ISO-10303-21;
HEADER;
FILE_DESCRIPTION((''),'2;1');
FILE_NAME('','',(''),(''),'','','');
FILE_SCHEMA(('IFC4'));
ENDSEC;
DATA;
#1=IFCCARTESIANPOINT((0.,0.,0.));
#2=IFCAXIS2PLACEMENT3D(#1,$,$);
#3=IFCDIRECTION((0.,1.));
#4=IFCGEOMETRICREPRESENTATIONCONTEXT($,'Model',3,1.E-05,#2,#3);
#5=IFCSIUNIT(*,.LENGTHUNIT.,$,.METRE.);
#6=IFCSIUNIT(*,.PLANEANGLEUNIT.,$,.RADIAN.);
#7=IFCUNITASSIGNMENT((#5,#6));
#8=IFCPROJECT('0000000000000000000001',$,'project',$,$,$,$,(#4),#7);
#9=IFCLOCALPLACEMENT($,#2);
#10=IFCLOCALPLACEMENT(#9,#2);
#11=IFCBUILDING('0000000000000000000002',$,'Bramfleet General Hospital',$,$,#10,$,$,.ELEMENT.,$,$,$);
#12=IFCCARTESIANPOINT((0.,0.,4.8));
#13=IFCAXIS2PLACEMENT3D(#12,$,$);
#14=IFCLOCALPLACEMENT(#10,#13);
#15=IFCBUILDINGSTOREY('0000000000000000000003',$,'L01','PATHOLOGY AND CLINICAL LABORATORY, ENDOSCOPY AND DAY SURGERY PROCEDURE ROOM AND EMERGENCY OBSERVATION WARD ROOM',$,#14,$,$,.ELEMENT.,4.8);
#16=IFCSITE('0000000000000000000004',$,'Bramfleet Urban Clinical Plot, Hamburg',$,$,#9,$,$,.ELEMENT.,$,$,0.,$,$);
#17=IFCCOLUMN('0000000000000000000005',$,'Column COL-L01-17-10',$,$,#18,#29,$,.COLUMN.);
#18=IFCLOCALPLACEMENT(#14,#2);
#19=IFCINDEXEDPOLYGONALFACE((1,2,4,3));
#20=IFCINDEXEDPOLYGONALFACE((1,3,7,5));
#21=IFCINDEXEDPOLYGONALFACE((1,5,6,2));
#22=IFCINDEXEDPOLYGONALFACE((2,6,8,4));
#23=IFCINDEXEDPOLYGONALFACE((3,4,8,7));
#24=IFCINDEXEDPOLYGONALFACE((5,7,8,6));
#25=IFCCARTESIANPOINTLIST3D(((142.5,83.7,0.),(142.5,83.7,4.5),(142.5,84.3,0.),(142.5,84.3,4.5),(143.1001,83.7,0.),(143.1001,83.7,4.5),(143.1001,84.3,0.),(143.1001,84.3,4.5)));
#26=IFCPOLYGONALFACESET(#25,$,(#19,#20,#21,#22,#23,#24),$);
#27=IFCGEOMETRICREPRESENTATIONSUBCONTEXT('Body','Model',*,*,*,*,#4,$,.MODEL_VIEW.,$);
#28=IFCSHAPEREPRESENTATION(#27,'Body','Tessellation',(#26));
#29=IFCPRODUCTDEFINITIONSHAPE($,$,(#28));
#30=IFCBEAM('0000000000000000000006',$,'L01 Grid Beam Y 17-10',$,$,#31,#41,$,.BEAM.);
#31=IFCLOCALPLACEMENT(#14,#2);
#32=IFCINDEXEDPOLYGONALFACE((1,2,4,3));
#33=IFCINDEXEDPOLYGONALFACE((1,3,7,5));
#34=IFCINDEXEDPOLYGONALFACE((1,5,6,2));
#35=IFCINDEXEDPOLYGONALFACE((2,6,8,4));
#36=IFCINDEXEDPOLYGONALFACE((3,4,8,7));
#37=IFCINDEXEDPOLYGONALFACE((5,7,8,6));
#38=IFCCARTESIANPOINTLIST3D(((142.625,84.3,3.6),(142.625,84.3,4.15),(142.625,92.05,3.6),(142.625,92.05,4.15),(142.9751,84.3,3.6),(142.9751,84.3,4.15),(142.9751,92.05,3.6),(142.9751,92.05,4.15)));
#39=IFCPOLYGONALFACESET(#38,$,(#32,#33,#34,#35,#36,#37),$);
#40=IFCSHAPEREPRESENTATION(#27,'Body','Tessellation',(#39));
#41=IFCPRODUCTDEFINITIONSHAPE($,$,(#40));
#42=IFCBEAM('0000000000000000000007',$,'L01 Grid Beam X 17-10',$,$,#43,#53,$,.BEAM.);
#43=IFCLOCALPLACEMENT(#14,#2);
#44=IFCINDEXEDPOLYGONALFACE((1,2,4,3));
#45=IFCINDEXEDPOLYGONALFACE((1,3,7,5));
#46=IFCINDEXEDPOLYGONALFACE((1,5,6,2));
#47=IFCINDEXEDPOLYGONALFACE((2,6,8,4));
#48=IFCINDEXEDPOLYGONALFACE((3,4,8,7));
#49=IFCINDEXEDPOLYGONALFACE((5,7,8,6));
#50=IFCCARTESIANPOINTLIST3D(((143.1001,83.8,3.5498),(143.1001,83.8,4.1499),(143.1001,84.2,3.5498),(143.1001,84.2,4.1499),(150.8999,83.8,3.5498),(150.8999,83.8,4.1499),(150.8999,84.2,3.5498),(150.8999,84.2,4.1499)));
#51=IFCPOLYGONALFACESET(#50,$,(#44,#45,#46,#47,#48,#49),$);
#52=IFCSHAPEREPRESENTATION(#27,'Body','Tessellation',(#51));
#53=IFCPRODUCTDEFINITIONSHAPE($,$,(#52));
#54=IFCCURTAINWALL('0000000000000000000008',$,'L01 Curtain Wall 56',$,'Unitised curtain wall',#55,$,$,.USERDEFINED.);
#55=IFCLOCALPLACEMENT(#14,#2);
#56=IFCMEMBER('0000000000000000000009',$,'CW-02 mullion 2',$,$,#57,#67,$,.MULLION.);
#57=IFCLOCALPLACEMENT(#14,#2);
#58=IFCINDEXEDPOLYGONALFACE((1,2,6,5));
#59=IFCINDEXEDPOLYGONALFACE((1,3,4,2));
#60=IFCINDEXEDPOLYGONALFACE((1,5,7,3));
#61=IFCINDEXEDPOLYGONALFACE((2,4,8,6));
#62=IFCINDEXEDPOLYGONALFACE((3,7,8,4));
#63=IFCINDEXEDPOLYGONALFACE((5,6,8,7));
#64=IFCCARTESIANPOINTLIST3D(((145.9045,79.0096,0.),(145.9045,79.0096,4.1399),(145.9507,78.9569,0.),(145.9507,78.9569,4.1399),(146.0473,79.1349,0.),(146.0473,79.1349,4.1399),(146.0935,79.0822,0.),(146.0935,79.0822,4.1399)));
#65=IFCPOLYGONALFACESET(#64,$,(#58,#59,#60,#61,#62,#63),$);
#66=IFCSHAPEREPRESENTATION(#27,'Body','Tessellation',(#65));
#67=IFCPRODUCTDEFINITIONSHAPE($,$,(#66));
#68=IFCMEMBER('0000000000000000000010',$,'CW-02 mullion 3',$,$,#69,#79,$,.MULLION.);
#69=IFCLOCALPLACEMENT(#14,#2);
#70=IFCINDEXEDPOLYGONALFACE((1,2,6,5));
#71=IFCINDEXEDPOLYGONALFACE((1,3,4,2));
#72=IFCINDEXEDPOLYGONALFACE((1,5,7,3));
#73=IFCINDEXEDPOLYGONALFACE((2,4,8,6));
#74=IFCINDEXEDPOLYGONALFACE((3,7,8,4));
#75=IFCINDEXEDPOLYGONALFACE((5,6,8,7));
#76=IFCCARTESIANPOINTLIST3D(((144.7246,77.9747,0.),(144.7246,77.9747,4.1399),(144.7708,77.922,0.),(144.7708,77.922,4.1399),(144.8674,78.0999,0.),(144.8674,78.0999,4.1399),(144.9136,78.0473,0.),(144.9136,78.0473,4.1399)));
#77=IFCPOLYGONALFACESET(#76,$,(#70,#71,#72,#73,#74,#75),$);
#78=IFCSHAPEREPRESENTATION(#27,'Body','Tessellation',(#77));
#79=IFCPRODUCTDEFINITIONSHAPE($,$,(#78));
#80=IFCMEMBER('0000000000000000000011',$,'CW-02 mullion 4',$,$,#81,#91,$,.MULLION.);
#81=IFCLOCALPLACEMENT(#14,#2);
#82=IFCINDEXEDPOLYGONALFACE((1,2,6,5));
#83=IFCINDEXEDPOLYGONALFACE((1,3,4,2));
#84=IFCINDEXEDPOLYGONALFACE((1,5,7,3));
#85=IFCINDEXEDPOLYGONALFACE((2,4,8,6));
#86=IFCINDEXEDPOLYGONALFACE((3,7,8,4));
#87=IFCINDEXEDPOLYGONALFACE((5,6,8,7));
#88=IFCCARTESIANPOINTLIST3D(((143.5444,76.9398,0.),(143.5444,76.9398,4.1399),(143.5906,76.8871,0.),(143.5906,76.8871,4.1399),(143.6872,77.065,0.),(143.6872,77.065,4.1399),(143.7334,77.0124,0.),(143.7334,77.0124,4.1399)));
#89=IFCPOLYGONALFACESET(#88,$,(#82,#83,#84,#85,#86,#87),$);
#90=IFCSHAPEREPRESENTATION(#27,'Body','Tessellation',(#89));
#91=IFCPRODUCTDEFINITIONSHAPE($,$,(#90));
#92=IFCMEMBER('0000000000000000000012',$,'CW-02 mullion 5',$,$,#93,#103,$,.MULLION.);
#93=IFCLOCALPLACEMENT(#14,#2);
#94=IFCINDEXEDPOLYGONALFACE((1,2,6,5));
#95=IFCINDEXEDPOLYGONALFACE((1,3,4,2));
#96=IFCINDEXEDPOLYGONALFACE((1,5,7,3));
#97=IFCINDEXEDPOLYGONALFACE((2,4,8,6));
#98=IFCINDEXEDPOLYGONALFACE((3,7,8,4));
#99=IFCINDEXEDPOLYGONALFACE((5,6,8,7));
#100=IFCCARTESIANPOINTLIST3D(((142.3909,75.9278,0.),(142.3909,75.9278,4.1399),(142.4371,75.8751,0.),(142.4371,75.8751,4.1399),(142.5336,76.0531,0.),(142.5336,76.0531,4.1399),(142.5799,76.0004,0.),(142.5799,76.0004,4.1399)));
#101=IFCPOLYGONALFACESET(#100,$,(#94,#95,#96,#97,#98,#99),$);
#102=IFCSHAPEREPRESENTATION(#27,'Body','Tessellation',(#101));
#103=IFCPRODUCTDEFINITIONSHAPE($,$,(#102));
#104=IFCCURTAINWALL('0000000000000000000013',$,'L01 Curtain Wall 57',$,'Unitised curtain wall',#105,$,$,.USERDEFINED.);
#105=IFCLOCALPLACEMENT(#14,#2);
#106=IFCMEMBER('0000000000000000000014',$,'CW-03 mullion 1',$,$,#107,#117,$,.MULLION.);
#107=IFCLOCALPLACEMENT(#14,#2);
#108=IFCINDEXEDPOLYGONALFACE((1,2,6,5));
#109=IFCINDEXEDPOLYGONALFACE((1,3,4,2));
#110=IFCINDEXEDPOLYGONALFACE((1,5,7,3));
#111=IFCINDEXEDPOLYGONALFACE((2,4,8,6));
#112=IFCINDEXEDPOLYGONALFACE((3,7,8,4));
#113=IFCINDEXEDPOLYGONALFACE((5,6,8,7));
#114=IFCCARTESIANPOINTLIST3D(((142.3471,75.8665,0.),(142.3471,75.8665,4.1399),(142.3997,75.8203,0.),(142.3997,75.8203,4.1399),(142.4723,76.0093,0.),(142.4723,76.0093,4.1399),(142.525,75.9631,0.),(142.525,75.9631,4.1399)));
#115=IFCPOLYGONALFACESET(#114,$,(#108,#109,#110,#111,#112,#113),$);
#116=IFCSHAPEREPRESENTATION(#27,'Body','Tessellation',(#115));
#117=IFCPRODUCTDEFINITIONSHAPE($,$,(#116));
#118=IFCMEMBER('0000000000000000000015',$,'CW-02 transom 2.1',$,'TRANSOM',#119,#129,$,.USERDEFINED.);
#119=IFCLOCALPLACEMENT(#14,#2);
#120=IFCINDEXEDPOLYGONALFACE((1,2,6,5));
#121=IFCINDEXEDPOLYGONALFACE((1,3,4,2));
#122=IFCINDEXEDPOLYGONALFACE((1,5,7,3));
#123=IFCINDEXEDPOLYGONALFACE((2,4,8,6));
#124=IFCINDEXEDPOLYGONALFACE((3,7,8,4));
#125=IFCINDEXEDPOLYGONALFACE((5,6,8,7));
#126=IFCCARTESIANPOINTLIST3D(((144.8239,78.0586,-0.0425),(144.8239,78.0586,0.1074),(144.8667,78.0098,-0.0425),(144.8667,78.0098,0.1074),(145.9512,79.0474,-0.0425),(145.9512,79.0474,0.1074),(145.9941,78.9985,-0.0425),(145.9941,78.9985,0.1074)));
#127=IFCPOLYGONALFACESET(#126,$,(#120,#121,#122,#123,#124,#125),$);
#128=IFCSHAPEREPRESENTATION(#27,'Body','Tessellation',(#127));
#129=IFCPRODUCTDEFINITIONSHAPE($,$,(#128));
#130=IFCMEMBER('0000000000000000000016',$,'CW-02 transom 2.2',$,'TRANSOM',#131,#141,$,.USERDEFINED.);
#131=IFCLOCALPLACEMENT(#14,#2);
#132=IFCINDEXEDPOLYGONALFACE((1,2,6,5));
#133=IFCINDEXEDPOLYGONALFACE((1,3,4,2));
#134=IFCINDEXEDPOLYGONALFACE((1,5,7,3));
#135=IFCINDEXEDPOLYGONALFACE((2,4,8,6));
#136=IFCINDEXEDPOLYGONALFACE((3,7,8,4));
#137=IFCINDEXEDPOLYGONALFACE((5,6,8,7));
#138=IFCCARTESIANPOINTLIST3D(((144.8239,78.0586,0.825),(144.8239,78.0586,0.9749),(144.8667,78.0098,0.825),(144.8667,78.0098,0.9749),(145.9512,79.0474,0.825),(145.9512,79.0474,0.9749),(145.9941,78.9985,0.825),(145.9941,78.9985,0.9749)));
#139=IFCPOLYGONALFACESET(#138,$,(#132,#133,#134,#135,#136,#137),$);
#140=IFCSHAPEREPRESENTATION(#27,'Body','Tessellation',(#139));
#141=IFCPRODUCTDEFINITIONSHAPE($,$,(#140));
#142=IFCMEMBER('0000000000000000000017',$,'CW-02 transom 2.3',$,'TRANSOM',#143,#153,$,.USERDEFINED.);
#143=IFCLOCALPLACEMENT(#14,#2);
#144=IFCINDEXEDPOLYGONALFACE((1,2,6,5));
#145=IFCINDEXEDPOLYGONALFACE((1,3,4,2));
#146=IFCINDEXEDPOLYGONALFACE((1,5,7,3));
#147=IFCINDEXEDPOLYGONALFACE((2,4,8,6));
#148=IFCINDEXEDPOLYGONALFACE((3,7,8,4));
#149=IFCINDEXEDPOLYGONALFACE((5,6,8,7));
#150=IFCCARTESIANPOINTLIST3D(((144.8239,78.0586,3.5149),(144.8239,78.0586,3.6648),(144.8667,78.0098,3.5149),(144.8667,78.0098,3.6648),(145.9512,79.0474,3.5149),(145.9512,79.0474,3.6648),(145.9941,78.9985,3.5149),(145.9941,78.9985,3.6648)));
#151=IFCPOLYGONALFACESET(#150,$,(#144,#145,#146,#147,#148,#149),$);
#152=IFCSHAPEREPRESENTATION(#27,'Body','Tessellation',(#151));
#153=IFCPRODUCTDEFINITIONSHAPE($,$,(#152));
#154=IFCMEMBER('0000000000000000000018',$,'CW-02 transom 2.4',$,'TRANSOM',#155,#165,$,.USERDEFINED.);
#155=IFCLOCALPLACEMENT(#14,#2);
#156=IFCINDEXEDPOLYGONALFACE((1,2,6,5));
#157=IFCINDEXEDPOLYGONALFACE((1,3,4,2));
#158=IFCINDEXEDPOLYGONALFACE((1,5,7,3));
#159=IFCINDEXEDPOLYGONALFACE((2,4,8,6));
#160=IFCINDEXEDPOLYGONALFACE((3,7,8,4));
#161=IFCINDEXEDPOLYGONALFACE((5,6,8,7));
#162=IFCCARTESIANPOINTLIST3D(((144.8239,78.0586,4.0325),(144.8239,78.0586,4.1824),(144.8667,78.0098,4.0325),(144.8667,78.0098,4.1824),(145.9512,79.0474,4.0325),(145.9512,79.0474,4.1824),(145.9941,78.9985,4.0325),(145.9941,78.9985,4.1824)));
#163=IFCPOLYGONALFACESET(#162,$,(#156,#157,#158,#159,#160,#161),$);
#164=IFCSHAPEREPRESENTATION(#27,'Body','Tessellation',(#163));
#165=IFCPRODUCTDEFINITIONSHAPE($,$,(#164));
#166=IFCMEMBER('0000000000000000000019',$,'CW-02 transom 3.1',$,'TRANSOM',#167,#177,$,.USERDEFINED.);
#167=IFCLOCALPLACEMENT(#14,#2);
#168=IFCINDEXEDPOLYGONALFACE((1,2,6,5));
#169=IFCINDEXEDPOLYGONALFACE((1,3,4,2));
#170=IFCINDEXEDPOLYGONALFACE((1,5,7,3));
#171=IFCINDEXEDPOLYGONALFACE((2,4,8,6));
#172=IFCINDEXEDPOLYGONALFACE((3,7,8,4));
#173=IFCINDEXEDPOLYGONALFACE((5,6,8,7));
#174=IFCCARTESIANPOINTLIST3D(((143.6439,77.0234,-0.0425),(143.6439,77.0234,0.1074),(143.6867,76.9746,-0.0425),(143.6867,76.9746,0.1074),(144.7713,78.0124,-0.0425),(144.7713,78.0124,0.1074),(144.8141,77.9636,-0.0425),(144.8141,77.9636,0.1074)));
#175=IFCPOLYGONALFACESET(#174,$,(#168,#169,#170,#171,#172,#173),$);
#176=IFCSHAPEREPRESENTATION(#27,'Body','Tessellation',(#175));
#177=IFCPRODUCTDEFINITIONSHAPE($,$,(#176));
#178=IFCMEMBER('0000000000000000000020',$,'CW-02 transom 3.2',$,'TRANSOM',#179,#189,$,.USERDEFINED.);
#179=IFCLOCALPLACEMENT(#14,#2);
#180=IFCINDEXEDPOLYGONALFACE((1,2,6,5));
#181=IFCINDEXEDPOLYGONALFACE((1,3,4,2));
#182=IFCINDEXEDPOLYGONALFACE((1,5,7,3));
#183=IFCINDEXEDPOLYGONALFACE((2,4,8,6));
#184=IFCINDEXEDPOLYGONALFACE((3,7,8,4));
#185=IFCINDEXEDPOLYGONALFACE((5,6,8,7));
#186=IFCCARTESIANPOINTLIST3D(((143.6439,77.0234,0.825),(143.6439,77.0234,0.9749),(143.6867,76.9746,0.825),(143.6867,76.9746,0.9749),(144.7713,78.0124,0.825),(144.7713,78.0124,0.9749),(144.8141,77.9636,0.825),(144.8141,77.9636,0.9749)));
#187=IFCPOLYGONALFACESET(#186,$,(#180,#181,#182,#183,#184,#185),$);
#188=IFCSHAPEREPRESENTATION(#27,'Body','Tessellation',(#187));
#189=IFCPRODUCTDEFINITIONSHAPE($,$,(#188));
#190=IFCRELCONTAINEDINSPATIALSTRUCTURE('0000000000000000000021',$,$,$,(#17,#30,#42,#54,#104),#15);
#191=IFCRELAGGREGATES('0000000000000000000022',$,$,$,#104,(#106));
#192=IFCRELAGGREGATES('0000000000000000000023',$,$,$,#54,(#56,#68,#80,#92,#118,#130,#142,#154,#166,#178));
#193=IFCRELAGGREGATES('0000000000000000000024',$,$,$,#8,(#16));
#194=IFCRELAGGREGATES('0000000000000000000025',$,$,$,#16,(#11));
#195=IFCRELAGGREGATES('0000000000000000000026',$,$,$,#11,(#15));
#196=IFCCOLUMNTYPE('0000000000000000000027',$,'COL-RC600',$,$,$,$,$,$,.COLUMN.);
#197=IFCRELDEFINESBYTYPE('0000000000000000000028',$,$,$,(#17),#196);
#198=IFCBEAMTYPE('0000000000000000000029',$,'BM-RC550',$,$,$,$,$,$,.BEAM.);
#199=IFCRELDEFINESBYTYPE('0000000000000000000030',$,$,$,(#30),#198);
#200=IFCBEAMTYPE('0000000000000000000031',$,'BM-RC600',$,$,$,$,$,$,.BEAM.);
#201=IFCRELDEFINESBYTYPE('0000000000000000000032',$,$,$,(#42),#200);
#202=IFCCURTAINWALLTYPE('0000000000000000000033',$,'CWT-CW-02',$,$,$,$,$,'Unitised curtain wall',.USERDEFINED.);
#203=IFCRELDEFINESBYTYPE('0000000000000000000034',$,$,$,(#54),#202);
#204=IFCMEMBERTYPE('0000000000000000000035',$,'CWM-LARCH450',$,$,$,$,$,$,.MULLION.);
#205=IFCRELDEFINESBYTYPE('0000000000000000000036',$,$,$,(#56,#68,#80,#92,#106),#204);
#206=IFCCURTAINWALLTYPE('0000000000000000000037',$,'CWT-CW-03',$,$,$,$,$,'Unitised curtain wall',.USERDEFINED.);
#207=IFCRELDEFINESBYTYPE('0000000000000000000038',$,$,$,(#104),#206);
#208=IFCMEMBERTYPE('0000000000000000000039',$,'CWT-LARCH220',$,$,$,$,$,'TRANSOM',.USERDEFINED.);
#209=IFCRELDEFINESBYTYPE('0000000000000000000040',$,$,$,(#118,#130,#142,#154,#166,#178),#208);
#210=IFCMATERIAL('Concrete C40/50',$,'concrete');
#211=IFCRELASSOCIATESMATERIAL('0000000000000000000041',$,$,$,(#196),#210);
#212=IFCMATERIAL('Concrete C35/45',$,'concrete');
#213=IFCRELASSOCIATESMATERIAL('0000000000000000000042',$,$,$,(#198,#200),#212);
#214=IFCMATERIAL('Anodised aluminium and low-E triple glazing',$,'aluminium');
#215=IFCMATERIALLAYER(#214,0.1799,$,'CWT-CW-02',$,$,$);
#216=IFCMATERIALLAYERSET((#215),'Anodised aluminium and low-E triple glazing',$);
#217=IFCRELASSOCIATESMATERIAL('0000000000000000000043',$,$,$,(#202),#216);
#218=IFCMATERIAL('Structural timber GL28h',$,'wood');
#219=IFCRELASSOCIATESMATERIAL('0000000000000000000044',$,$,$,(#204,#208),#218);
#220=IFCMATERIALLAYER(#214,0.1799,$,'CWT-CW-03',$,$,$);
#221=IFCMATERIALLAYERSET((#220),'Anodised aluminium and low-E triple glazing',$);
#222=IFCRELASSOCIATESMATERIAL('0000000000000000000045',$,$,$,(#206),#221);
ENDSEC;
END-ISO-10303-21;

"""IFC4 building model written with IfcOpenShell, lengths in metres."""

from ifc_helpers import new_model, si_unit, direction, frame, origin, origin_2d, place, context, subcontext, project, spatial, rectangle, extrude, material, layer, layer_set, material_profile, profile_set, type_object, element, aggregate, save


model = new_model("IFC4")

# Units and contexts
model_context = context("Model", 3, precision=1e-05, world=origin(), true_north=direction((0.0, 1.0)))
body_context = subcontext(model_context, "Body", "Model", "MODEL_VIEW")
ifc_project = project(units=[si_unit("LENGTHUNIT", "METRE"), si_unit("PLANEANGLEUNIT", "RADIAN")], contexts=[model_context])

# Site, building, storey
site_placement = place(None, origin())
site = spatial("IfcSite", under=ifc_project, at=site_placement, Name="Bramfleet Urban Clinical Plot, Hamburg", CompositionType="ELEMENT", RefElevation=0.0)
building_placement = place(site_placement, origin())
building = spatial("IfcBuilding", under=site, at=building_placement, Name="Bramfleet General Hospital", CompositionType="ELEMENT")
storey_placement = place(building_placement, frame((0.0, 0.0, 4.8)))
storey = spatial("IfcBuildingStorey", under=building, at=storey_placement, Name="L01", Description="PATHOLOGY AND CLINICAL LABORATORY, ENDOSCOPY AND DAY SURGERY PROCEDURE ROOM AND EMERGENCY OBSERVATION WARD ROOM", CompositionType="ELEMENT", Elevation=4.8)

# Column
ifc_material_1 = material(Name="Concrete C40/50", Category="concrete")
ifc_material_profile_1 = material_profile(ifc_material_1, rectangle(XDim=0.6001, YDim=0.6001, at=origin_2d()), Name="RC COL 600x600")
ifc_profile_set_1 = profile_set([ifc_material_profile_1], Name="Concrete C40/50")
column_type = type_object("IfcColumnType", Name="COL-RC600", PredefinedType="COLUMN", material=ifc_profile_set_1)
column_placement = place(storey_placement, frame((142.8, 84.0, 0.0), z_axis=(0.0, 0.0, 1.0), x_axis=(1.0, 0.0, 0.0)))
element("IfcColumn", 1, at=column_placement, inside=storey, type_object=column_type, Name="Column COL-L01-17-10", PredefinedType="COLUMN", context=body_context, shape_type="SweptSolid", body=[
    extrude(rectangle(XDim=0.6001, YDim=0.6001, at=origin_2d()), origin(), (0.0, 0.0, 1.0), 4.5),
])

# Beams
ifc_material_2 = material(Name="Concrete C35/45", Category="concrete")
ifc_material_profile_2 = material_profile(ifc_material_2, rectangle(XDim=0.3501, YDim=0.55, at=origin_2d()), Name="RC BM 550x350")
ifc_profile_set_2 = profile_set([ifc_material_profile_2], Name="Concrete C35/45")
beam_type_1 = type_object("IfcBeamType", Name="BM-RC550", PredefinedType="BEAM", material=ifc_profile_set_2)
beam_1_placement = place(storey_placement, frame((142.8, 84.3, 3.875), z_axis=(0.0, 1.0, 0.0), x_axis=(-1.0, 0.0, 0.0)))
element("IfcBeam", 2, at=beam_1_placement, inside=storey, type_object=beam_type_1, Name="L01 Grid Beam Y 17-10", PredefinedType="BEAM", context=body_context, shape_type="SweptSolid", body=[
    extrude(rectangle(XDim=0.3501, YDim=0.55, at=origin_2d()), origin(), (0.0, 0.0, 1.0), 7.75),
])
ifc_material_profile_3 = material_profile(ifc_material_2, rectangle(XDim=0.3999, YDim=0.6001, at=origin_2d()), Name="RC BM 600x400")
ifc_profile_set_3 = profile_set([ifc_material_profile_3], Name="Concrete C35/45")
beam_type_2 = type_object("IfcBeamType", Name="BM-RC600", PredefinedType="BEAM", material=ifc_profile_set_3)
beam_2_placement = place(storey_placement, frame((143.1001, 84.0, 3.8499), z_axis=(1.0, 0.0, 0.0), x_axis=(0.0, 1.0, 0.0)))
element("IfcBeam", 3, at=beam_2_placement, inside=storey, type_object=beam_type_2, Name="L01 Grid Beam X 17-10", PredefinedType="BEAM", context=body_context, shape_type="SweptSolid", body=[
    extrude(rectangle(XDim=0.3999, YDim=0.6001, at=origin_2d()), origin(), (0.0, 0.0, 1.0), 7.7998),
])

# Curtain wall, members
ifc_material_3 = material(Name="Anodised aluminium and low-E triple glazing", Category="aluminium")
ifc_layer_1 = layer(ifc_material_3, 0.1799, Name="CWT-CW-02")
ifc_layer_set_1 = layer_set([ifc_layer_1], Name="Anodised aluminium and low-E triple glazing")
curtain_wall_type_1 = type_object("IfcCurtainWallType", Name="CWT-CW-02", ElementType="Unitised curtain wall", PredefinedType="USERDEFINED", material=ifc_layer_set_1)
curtain_wall_1_placement = place(storey_placement, origin())
curtain_wall_1 = element("IfcCurtainWall", 4, at=curtain_wall_1_placement, inside=storey, type_object=curtain_wall_type_1, Name="L01 Curtain Wall 56", ObjectType="Unitised curtain wall", PredefinedType="USERDEFINED")
ifc_material_4 = material(Name="Structural timber GL28h", Category="wood")
ifc_material_profile_4 = material_profile(ifc_material_4, rectangle(XDim=0.0701, YDim=0.1899, at=origin_2d()), Name="LARCH 190x70")
ifc_profile_set_4 = profile_set([ifc_material_profile_4], Name="Structural timber GL28h")
member_type_1 = type_object("IfcMemberType", Name="CWM-LARCH450", PredefinedType="MULLION", material=ifc_profile_set_4)
member_1_placement = place(storey_placement, frame((145.999, 79.0459, 0.0), z_axis=(0.0, 0.0, 1.0), x_axis=(0.659406, -0.751787, 0.0)))
member_1 = element("IfcMember", 5, at=member_1_placement, type_object=member_type_1, Name="CW-02 mullion 2", PredefinedType="MULLION", context=body_context, shape_type="SweptSolid", body=[
    extrude(rectangle(XDim=0.0701, YDim=0.1899, at=origin_2d()), origin(), (0.0, 0.0, 1.0), 4.1399),
])
member_2_placement = place(storey_placement, frame((144.8191, 78.011, 0.0), z_axis=(0.0, 0.0, 1.0), x_axis=(0.659406, -0.751787, 0.0)))
member_2 = element("IfcMember", 6, at=member_2_placement, type_object=member_type_1, Name="CW-02 mullion 3", PredefinedType="MULLION", context=body_context, shape_type="SweptSolid", body=[
    extrude(rectangle(XDim=0.0701, YDim=0.1899, at=origin_2d()), origin(), (0.0, 0.0, 1.0), 4.1399),
])
member_3_placement = place(storey_placement, frame((143.6389, 76.9761, 0.0), z_axis=(0.0, 0.0, 1.0), x_axis=(0.659406, -0.751787, 0.0)))
member_3 = element("IfcMember", 7, at=member_3_placement, type_object=member_type_1, Name="CW-02 mullion 4", PredefinedType="MULLION", context=body_context, shape_type="SweptSolid", body=[
    extrude(rectangle(XDim=0.0701, YDim=0.1899, at=origin_2d()), origin(), (0.0, 0.0, 1.0), 4.1399),
])
member_4_placement = place(storey_placement, frame((142.4854, 75.9641, 0.0), z_axis=(0.0, 0.0, 1.0), x_axis=(0.659406, -0.751787, 0.0)))
member_4 = element("IfcMember", 8, at=member_4_placement, type_object=member_type_1, Name="CW-02 mullion 5", PredefinedType="MULLION", context=body_context, shape_type="SweptSolid", body=[
    extrude(rectangle(XDim=0.0701, YDim=0.1899, at=origin_2d()), origin(), (0.0, 0.0, 1.0), 4.1399),
])

# Curtain wall, member
ifc_layer_2 = layer(ifc_material_3, 0.1799, Name="CWT-CW-03")
ifc_layer_set_2 = layer_set([ifc_layer_2], Name="Anodised aluminium and low-E triple glazing")
curtain_wall_type_2 = type_object("IfcCurtainWallType", Name="CWT-CW-03", ElementType="Unitised curtain wall", PredefinedType="USERDEFINED", material=ifc_layer_set_2)
curtain_wall_2_placement = place(storey_placement, origin())
curtain_wall_2 = element("IfcCurtainWall", 9, at=curtain_wall_2_placement, inside=storey, type_object=curtain_wall_type_2, Name="L01 Curtain Wall 57", ObjectType="Unitised curtain wall", PredefinedType="USERDEFINED")
member_5_placement = place(storey_placement, frame((142.436, 75.9148, 0.0), z_axis=(0.0, 0.0, 1.0), x_axis=(0.751787, -0.659406, 0.0)))
member_5 = element("IfcMember", 10, at=member_5_placement, type_object=member_type_1, Name="CW-03 mullion 1", PredefinedType="MULLION", context=body_context, shape_type="SweptSolid", body=[
    extrude(rectangle(XDim=0.0701, YDim=0.1899, at=origin_2d()), origin(), (0.0, 0.0, 1.0), 4.1399),
])
aggregate(curtain_wall_2, [member_5])

# Members
ifc_material_profile_5 = material_profile(ifc_material_4, rectangle(XDim=0.0649, YDim=0.1499, at=origin_2d()), Name="LARCH 150x65")
ifc_profile_set_5 = profile_set([ifc_material_profile_5], Name="Structural timber GL28h")
member_type_2 = type_object("IfcMemberType", Name="CWT-LARCH220", ElementType="TRANSOM", PredefinedType="USERDEFINED", material=ifc_profile_set_5)
member_6_placement = place(storey_placement, frame((145.9727, 79.0229, 0.0325), z_axis=(-0.75183, -0.659357, 0.0), x_axis=(0.659357, -0.75183, 0.0)))
member_6 = element("IfcMember", 11, at=member_6_placement, type_object=member_type_2, Name="CW-02 transom 2.1", ObjectType="TRANSOM", PredefinedType="USERDEFINED", context=body_context, shape_type="SweptSolid", body=[
    extrude(rectangle(XDim=0.0649, YDim=0.1499, at=origin_2d()), origin(), (0.0, 0.0, 1.0), 1.4995),
])
member_7_placement = place(storey_placement, frame((145.9727, 79.0229, 0.8999), z_axis=(-0.75183, -0.659357, 0.0), x_axis=(0.659357, -0.75183, 0.0)))
member_7 = element("IfcMember", 12, at=member_7_placement, type_object=member_type_2, Name="CW-02 transom 2.2", ObjectType="TRANSOM", PredefinedType="USERDEFINED", context=body_context, shape_type="SweptSolid", body=[
    extrude(rectangle(XDim=0.0649, YDim=0.1499, at=origin_2d()), origin(), (0.0, 0.0, 1.0), 1.4995),
])
member_8_placement = place(storey_placement, frame((145.9727, 79.0229, 3.5898), z_axis=(-0.75183, -0.659357, 0.0), x_axis=(0.659357, -0.75183, 0.0)))
member_8 = element("IfcMember", 13, at=member_8_placement, type_object=member_type_2, Name="CW-02 transom 2.3", ObjectType="TRANSOM", PredefinedType="USERDEFINED", context=body_context, shape_type="SweptSolid", body=[
    extrude(rectangle(XDim=0.0649, YDim=0.1499, at=origin_2d()), origin(), (0.0, 0.0, 1.0), 1.4995),
])
member_9_placement = place(storey_placement, frame((145.9727, 79.0229, 4.1074), z_axis=(-0.75183, -0.659357, 0.0), x_axis=(0.659357, -0.75183, 0.0)))
member_9 = element("IfcMember", 14, at=member_9_placement, type_object=member_type_2, Name="CW-02 transom 2.4", ObjectType="TRANSOM", PredefinedType="USERDEFINED", context=body_context, shape_type="SweptSolid", body=[
    extrude(rectangle(XDim=0.0649, YDim=0.1499, at=origin_2d()), origin(), (0.0, 0.0, 1.0), 1.4995),
])
member_10_placement = place(storey_placement, frame((144.7927, 77.988, 0.0325), z_axis=(-0.751749, -0.659449, 0.0), x_axis=(0.659449, -0.751749, 0.0)))
member_10 = element("IfcMember", 15, at=member_10_placement, type_object=member_type_2, Name="CW-02 transom 3.1", ObjectType="TRANSOM", PredefinedType="USERDEFINED", context=body_context, shape_type="SweptSolid", body=[
    extrude(rectangle(XDim=0.0649, YDim=0.1499, at=origin_2d()), origin(), (0.0, 0.0, 1.0), 1.4998),
])
member_11_placement = place(storey_placement, frame((144.7927, 77.988, 0.8999), z_axis=(-0.751749, -0.659449, 0.0), x_axis=(0.659449, -0.751749, 0.0)))
member_11 = element("IfcMember", 16, at=member_11_placement, type_object=member_type_2, Name="CW-02 transom 3.2", ObjectType="TRANSOM", PredefinedType="USERDEFINED", context=body_context, shape_type="SweptSolid", body=[
    extrude(rectangle(XDim=0.0649, YDim=0.1499, at=origin_2d()), origin(), (0.0, 0.0, 1.0), 1.4998),
])

aggregate(curtain_wall_1, [member_1, member_2, member_3, member_4, member_6, member_7, member_8, member_9, member_10, member_11])

save(model, "model.ifc")
